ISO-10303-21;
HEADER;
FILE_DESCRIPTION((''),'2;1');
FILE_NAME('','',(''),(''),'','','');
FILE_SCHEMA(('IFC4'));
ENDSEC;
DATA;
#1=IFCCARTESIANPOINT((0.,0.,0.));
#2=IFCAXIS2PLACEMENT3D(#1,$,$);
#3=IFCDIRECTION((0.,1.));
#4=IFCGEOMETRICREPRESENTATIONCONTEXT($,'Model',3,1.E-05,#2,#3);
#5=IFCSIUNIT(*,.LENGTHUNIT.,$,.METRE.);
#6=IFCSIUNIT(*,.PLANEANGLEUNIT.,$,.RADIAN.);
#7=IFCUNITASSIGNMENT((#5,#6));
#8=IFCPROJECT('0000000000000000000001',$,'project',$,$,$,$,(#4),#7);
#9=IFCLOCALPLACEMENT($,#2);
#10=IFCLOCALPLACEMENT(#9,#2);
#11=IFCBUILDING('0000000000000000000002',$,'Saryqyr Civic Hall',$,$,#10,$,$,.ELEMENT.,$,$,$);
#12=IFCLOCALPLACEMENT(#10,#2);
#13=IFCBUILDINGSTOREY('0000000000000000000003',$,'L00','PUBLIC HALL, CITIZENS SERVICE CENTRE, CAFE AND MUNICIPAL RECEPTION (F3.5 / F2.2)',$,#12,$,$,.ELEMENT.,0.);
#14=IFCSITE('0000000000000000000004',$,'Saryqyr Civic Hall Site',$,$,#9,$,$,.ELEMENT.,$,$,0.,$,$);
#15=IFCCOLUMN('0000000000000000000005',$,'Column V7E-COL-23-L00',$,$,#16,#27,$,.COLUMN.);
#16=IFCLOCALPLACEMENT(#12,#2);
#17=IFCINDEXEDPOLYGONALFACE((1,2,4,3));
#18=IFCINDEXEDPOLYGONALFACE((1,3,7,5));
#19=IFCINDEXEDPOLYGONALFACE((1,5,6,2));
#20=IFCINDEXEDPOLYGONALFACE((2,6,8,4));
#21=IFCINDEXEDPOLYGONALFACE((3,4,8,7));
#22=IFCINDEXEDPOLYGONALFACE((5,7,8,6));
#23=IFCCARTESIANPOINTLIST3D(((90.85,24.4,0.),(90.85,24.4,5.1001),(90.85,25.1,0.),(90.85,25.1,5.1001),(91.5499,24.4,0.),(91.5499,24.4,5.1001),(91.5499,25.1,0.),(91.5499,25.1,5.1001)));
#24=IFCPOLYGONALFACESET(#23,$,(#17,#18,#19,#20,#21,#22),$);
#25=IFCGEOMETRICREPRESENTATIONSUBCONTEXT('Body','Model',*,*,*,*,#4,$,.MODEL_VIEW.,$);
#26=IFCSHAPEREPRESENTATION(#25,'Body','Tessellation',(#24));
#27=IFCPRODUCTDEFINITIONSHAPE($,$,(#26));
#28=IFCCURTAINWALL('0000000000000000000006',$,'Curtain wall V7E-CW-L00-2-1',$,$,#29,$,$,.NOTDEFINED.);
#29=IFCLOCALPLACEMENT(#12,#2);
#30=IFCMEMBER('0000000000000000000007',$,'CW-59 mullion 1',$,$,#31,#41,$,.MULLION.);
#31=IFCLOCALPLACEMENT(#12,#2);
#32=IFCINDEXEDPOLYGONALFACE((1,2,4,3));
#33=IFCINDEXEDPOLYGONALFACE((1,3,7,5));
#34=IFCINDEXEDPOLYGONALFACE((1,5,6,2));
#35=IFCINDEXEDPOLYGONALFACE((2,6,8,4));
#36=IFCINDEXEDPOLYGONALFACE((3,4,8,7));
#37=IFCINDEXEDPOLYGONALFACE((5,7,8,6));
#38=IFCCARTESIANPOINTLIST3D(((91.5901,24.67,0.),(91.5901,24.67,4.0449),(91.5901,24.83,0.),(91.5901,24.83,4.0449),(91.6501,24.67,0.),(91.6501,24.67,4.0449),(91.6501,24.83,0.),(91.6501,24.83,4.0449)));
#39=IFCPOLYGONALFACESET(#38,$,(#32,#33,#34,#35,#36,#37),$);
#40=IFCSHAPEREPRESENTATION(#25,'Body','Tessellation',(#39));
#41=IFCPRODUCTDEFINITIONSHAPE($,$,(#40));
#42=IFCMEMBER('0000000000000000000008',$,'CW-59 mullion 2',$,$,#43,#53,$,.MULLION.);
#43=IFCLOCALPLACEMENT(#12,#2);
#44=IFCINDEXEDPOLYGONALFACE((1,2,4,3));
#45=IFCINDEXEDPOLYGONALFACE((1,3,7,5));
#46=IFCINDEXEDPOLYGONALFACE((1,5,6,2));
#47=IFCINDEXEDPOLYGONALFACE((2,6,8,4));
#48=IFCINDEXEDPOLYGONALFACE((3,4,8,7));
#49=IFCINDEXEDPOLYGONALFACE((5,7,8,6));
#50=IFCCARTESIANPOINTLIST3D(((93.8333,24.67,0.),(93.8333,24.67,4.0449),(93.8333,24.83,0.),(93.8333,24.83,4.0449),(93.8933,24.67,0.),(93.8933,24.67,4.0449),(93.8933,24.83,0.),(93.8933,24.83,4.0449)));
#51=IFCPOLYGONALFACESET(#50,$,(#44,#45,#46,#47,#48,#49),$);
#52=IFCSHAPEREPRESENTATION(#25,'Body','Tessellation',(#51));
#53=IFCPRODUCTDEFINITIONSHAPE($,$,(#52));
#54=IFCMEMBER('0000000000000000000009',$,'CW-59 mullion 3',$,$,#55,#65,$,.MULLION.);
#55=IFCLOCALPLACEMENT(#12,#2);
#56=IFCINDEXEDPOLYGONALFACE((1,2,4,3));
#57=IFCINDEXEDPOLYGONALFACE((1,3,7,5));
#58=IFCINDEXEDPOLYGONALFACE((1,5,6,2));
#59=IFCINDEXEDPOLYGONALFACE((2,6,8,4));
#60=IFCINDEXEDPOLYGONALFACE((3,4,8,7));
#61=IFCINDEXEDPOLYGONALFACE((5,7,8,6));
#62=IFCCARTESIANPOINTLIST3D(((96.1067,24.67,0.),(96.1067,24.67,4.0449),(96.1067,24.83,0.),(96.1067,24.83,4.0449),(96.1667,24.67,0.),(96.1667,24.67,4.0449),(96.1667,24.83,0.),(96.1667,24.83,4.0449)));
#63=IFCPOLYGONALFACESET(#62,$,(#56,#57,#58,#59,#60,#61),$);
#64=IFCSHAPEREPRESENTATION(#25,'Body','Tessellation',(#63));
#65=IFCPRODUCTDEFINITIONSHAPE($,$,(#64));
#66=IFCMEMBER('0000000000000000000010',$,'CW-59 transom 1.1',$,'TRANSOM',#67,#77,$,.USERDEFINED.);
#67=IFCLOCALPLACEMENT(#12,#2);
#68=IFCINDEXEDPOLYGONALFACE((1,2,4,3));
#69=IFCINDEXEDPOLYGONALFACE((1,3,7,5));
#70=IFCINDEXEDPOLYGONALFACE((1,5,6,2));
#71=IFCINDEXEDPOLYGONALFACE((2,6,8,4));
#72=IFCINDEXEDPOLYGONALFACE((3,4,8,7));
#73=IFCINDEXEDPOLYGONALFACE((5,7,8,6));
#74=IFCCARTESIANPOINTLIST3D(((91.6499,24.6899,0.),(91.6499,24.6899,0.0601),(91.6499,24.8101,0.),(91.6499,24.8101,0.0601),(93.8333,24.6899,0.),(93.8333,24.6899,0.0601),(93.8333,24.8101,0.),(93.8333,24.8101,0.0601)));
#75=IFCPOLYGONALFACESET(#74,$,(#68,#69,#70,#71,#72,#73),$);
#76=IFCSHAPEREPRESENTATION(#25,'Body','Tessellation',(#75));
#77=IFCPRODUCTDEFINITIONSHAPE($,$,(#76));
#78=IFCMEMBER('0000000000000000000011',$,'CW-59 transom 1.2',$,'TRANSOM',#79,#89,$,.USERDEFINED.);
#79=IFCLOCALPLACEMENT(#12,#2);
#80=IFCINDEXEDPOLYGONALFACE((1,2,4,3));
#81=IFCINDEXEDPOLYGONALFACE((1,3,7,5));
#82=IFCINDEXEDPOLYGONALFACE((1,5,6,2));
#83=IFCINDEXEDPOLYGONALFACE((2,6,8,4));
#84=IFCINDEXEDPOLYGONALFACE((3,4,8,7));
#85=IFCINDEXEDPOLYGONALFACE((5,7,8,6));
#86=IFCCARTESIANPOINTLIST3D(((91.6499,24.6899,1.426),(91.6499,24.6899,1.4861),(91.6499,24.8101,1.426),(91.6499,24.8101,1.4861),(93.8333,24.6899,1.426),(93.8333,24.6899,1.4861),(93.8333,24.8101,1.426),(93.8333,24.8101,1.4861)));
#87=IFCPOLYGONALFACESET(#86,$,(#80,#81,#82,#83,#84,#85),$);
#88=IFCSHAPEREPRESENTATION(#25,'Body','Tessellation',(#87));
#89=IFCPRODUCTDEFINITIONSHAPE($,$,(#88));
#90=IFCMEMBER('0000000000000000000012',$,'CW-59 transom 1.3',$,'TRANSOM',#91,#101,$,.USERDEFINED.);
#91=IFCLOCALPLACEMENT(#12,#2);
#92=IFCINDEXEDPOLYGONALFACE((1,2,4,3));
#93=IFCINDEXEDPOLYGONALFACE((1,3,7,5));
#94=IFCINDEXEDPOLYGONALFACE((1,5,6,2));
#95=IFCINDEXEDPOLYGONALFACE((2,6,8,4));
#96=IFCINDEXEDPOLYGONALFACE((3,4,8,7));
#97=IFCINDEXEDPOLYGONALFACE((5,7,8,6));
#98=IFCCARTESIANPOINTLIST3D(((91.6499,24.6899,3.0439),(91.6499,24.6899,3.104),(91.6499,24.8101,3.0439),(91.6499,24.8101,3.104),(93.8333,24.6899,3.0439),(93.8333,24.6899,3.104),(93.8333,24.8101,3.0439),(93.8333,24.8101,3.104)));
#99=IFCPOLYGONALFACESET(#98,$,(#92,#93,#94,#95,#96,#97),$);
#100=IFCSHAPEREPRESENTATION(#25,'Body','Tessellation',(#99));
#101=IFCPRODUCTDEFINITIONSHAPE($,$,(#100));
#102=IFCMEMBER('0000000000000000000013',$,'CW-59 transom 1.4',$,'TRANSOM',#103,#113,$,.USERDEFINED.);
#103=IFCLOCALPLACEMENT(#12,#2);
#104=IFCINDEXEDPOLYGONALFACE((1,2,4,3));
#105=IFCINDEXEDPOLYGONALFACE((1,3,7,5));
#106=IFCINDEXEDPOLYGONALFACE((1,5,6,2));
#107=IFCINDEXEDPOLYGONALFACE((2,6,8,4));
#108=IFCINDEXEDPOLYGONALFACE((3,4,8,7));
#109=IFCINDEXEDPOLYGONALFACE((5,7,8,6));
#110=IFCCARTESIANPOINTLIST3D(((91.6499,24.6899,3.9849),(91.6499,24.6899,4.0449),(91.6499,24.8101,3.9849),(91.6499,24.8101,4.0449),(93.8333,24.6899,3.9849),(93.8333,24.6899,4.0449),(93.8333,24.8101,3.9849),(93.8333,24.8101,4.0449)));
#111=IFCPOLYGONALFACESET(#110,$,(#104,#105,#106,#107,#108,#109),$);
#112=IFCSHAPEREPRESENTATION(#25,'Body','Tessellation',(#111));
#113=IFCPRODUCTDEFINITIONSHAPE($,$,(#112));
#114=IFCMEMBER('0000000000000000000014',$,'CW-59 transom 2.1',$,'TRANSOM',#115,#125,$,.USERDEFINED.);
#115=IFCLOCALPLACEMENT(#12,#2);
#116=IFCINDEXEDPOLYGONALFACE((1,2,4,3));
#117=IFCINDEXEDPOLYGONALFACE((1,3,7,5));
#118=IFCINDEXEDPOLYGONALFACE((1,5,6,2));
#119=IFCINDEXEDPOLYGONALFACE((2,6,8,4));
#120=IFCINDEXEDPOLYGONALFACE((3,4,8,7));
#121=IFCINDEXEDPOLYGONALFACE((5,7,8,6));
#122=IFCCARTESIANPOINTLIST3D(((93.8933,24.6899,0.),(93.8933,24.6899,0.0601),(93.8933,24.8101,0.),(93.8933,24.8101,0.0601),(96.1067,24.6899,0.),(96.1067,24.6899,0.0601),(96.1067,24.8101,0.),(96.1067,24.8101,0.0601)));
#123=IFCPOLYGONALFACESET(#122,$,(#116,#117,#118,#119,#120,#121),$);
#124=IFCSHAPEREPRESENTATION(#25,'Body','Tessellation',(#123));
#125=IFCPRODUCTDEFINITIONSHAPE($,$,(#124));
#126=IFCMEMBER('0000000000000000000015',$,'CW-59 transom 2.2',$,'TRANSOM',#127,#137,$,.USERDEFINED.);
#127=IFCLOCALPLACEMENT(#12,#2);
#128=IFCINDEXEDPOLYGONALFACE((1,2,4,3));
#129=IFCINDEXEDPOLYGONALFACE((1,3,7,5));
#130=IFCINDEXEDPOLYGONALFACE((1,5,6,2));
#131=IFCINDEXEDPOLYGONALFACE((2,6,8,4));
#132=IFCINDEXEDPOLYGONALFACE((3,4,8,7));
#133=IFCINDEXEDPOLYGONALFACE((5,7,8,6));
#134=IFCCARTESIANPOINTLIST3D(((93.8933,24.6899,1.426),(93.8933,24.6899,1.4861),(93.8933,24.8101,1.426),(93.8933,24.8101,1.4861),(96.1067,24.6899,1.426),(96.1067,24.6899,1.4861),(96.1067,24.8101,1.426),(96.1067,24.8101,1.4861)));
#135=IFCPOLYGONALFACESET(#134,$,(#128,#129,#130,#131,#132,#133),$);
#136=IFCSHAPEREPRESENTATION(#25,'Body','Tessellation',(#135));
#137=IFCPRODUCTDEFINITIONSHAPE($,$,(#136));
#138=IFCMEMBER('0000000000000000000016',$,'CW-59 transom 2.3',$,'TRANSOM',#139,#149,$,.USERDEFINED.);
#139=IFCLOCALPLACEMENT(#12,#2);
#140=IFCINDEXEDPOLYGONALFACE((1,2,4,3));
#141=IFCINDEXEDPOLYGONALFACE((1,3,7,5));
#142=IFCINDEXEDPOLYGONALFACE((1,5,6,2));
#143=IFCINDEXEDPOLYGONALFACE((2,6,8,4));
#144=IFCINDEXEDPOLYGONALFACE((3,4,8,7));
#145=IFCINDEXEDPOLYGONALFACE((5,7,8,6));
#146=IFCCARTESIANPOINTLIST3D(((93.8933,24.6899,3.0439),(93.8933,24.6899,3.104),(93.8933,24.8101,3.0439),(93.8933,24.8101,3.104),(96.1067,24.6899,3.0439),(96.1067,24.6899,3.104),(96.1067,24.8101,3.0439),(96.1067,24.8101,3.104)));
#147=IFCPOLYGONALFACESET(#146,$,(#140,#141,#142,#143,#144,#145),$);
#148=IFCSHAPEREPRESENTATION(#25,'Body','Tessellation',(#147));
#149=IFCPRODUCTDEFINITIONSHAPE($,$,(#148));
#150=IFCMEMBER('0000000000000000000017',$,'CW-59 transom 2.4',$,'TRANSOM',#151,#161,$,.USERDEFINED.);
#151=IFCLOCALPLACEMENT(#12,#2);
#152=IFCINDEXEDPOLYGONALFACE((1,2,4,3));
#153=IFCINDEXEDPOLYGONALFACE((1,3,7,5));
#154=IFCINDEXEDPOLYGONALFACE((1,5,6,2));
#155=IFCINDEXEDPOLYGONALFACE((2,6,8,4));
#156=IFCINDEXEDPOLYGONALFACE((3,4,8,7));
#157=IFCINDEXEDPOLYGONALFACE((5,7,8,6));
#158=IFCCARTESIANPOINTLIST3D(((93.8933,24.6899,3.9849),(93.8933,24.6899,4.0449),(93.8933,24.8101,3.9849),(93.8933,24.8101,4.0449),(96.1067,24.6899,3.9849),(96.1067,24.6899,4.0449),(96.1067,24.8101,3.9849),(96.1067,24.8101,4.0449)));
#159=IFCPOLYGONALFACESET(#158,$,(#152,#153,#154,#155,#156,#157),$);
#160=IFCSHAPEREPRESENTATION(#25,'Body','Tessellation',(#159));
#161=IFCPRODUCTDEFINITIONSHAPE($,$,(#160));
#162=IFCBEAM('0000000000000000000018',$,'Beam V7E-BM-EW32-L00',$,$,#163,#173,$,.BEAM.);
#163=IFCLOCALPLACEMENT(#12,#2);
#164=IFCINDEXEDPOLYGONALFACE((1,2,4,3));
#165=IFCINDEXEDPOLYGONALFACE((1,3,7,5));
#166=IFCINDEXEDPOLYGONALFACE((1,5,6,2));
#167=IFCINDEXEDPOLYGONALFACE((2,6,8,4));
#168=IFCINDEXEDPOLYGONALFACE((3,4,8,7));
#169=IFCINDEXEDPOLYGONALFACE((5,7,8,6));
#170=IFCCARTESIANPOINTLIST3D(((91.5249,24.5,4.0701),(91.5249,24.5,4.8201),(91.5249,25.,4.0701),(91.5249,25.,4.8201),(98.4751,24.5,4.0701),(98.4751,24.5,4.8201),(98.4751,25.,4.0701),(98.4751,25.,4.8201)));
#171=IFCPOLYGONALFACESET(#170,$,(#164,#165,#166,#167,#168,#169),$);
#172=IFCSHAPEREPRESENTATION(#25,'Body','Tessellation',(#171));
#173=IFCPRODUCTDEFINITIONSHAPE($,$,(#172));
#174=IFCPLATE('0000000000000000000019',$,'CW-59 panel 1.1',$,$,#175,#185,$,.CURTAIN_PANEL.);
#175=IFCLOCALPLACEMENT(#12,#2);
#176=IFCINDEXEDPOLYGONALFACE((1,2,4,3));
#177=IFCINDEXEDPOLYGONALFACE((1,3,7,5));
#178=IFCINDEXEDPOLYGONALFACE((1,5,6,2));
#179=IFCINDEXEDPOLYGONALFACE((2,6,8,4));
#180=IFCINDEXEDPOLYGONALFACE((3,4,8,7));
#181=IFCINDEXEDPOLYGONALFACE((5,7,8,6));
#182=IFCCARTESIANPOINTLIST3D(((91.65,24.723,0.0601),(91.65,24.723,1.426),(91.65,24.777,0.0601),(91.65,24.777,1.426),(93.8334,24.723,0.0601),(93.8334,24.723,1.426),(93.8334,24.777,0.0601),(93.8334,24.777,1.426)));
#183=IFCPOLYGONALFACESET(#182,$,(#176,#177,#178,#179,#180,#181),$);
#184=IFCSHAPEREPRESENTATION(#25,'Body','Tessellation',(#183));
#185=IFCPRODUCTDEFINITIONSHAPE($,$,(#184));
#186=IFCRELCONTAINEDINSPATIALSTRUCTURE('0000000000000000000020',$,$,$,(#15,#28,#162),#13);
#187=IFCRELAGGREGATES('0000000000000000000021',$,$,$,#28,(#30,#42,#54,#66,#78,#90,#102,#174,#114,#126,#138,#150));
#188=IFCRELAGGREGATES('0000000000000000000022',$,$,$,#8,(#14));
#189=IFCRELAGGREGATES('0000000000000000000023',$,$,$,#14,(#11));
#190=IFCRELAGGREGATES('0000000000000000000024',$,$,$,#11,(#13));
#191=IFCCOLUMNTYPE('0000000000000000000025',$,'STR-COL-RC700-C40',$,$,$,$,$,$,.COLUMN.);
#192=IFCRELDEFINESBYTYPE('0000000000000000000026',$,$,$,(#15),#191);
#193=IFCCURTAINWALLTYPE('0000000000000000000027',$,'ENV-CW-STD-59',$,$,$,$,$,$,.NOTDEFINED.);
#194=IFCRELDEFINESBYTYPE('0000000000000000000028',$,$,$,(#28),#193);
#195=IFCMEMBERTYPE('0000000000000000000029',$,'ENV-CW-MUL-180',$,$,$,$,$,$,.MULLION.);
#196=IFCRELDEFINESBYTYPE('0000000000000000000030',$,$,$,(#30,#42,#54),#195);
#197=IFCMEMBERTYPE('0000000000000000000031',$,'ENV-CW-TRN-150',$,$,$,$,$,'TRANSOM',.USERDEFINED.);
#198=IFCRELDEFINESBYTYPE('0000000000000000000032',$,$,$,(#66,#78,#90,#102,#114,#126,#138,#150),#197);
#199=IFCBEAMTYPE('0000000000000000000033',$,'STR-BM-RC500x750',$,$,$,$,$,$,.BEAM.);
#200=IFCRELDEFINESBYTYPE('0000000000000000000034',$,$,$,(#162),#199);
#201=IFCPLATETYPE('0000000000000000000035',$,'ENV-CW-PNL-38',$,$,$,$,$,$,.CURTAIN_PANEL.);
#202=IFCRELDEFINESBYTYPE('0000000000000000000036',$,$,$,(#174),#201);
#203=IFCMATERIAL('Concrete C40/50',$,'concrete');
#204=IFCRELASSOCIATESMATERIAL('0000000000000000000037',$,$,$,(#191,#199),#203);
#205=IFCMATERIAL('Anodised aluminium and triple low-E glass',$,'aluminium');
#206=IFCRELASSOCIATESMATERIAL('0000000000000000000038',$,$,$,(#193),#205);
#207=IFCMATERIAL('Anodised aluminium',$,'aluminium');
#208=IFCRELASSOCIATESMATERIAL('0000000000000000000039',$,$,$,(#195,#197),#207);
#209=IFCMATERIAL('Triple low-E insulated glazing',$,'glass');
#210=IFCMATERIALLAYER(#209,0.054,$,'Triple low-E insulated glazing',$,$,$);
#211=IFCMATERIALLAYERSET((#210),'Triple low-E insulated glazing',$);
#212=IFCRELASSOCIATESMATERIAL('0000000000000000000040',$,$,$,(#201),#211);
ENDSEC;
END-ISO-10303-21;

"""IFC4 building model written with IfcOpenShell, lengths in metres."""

from ifc_helpers import new_model, si_unit, direction, frame, origin, origin_2d, place, context, subcontext, project, spatial, rectangle, extrude, material, layer, layer_set, material_profile, profile_set, type_object, element, aggregate, save


model = new_model("IFC4")

# Units and contexts
model_context = context("Model", 3, precision=1e-05, world=origin(), true_north=direction((0.0, 1.0)))
body_context = subcontext(model_context, "Body", "Model", "MODEL_VIEW")
ifc_project = project(units=[si_unit("LENGTHUNIT", "METRE"), si_unit("PLANEANGLEUNIT", "RADIAN")], contexts=[model_context])

# Site, building, storey
site_placement = place(None, origin())
site = spatial("IfcSite", under=ifc_project, at=site_placement, Name="Saryqyr Civic Hall Site", CompositionType="ELEMENT", RefElevation=0.0)
building_placement = place(site_placement, origin())
building = spatial("IfcBuilding", under=site, at=building_placement, Name="Saryqyr Civic Hall", CompositionType="ELEMENT")
storey_placement = place(building_placement, origin())
storey = spatial("IfcBuildingStorey", under=building, at=storey_placement, Name="L00", Description="PUBLIC HALL, CITIZENS SERVICE CENTRE, CAFE AND MUNICIPAL RECEPTION (F3.5 / F2.2)", CompositionType="ELEMENT", Elevation=0.0)

# Column
ifc_material_1 = material(Name="Concrete C40/50", Category="concrete")
ifc_material_profile_1 = material_profile(ifc_material_1, rectangle(XDim=0.7, YDim=0.7, at=origin_2d()), Name="RC 700x700")
ifc_profile_set_1 = profile_set([ifc_material_profile_1], Name="Concrete C40/50")
column_type = type_object("IfcColumnType", Name="STR-COL-RC700-C40", PredefinedType="COLUMN", material=ifc_profile_set_1)
column_placement = place(storey_placement, frame((91.2, 24.75, 0.0), z_axis=(0.0, 0.0, 1.0), x_axis=(1.0, 0.0, 0.0)))
element("IfcColumn", 1, at=column_placement, inside=storey, type_object=column_type, Name="Column V7E-COL-23-L00", PredefinedType="COLUMN", context=body_context, shape_type="SweptSolid", body=[
    extrude(rectangle(XDim=0.7, YDim=0.7, at=origin_2d()), origin(), (0.0, 0.0, 1.0), 5.1001),
])

# Curtain wall, members
ifc_material_2 = material(Name="Anodised aluminium and triple low-E glass", Category="aluminium")
curtain_wall_type = type_object("IfcCurtainWallType", Name="ENV-CW-STD-59", PredefinedType="NOTDEFINED", material=ifc_material_2)
curtain_wall_placement = place(storey_placement, origin())
curtain_wall = element("IfcCurtainWall", 2, at=curtain_wall_placement, inside=storey, type_object=curtain_wall_type, Name="Curtain wall V7E-CW-L00-2-1", PredefinedType="NOTDEFINED")
ifc_material_3 = material(Name="Anodised aluminium", Category="aluminium")
ifc_material_profile_2 = material_profile(ifc_material_3, rectangle(XDim=0.0601, YDim=0.1599, at=origin_2d()), Name="ALU MULLION 60x160")
ifc_profile_set_2 = profile_set([ifc_material_profile_2], Name="Anodised aluminium")
member_type_1 = type_object("IfcMemberType", Name="ENV-CW-MUL-180", PredefinedType="MULLION", material=ifc_profile_set_2)
member_1_placement = place(storey_placement, frame((91.6201, 24.75, 0.0), z_axis=(0.0, 0.0, 1.0), x_axis=(1.0, 0.0, 0.0)))
member_1 = element("IfcMember", 3, at=member_1_placement, type_object=member_type_1, Name="CW-59 mullion 1", PredefinedType="MULLION", context=body_context, shape_type="SweptSolid", body=[
    extrude(rectangle(XDim=0.0601, YDim=0.1599, at=origin_2d()), origin(), (0.0, 0.0, 1.0), 4.0449),
])
member_2_placement = place(storey_placement, frame((93.8633, 24.75, 0.0), z_axis=(0.0, 0.0, 1.0), x_axis=(1.0, 0.0, 0.0)))
member_2 = element("IfcMember", 4, at=member_2_placement, type_object=member_type_1, Name="CW-59 mullion 2", PredefinedType="MULLION", context=body_context, shape_type="SweptSolid", body=[
    extrude(rectangle(XDim=0.0601, YDim=0.1599, at=origin_2d()), origin(), (0.0, 0.0, 1.0), 4.0449),
])
member_3_placement = place(storey_placement, frame((96.1367, 24.75, 0.0), z_axis=(0.0, 0.0, 1.0), x_axis=(1.0, 0.0, 0.0)))
member_3 = element("IfcMember", 5, at=member_3_placement, type_object=member_type_1, Name="CW-59 mullion 3", PredefinedType="MULLION", context=body_context, shape_type="SweptSolid", body=[
    extrude(rectangle(XDim=0.0601, YDim=0.1599, at=origin_2d()), origin(), (0.0, 0.0, 1.0), 4.0449),
])
ifc_material_profile_3 = material_profile(ifc_material_3, rectangle(XDim=0.1201, YDim=0.0601, at=origin_2d()), Name="ALU TRANSOM 120x60")
ifc_profile_set_3 = profile_set([ifc_material_profile_3], Name="Anodised aluminium")
member_type_2 = type_object("IfcMemberType", Name="ENV-CW-TRN-150", ElementType="TRANSOM", PredefinedType="USERDEFINED", material=ifc_profile_set_3)
member_4_placement = place(storey_placement, frame((91.6499, 24.75, 0.03), z_axis=(1.0, 0.0, 0.0), x_axis=(0.0, 1.0, 0.0)))
member_4 = element("IfcMember", 6, at=member_4_placement, type_object=member_type_2, Name="CW-59 transom 1.1", ObjectType="TRANSOM", PredefinedType="USERDEFINED", context=body_context, shape_type="SweptSolid", body=[
    extrude(rectangle(XDim=0.1201, YDim=0.0601, at=origin_2d()), origin(), (0.0, 0.0, 1.0), 2.1833),
])
member_5_placement = place(storey_placement, frame((91.6499, 24.75, 1.4561), z_axis=(1.0, 0.0, 0.0), x_axis=(0.0, 1.0, 0.0)))
member_5 = element("IfcMember", 7, at=member_5_placement, type_object=member_type_2, Name="CW-59 transom 1.2", ObjectType="TRANSOM", PredefinedType="USERDEFINED", context=body_context, shape_type="SweptSolid", body=[
    extrude(rectangle(XDim=0.1201, YDim=0.0601, at=origin_2d()), origin(), (0.0, 0.0, 1.0), 2.1833),
])
member_6_placement = place(storey_placement, frame((91.6499, 24.75, 3.074), z_axis=(1.0, 0.0, 0.0), x_axis=(0.0, 1.0, 0.0)))
member_6 = element("IfcMember", 8, at=member_6_placement, type_object=member_type_2, Name="CW-59 transom 1.3", ObjectType="TRANSOM", PredefinedType="USERDEFINED", context=body_context, shape_type="SweptSolid", body=[
    extrude(rectangle(XDim=0.1201, YDim=0.0601, at=origin_2d()), origin(), (0.0, 0.0, 1.0), 2.1833),
])
member_7_placement = place(storey_placement, frame((91.6499, 24.75, 4.0149), z_axis=(1.0, 0.0, 0.0), x_axis=(0.0, 1.0, 0.0)))
member_7 = element("IfcMember", 9, at=member_7_placement, type_object=member_type_2, Name="CW-59 transom 1.4", ObjectType="TRANSOM", PredefinedType="USERDEFINED", context=body_context, shape_type="SweptSolid", body=[
    extrude(rectangle(XDim=0.1201, YDim=0.0601, at=origin_2d()), origin(), (0.0, 0.0, 1.0), 2.1833),
])
member_8_placement = place(storey_placement, frame((93.8933, 24.75, 0.03), z_axis=(1.0, 0.0, 0.0), x_axis=(0.0, 1.0, 0.0)))
member_8 = element("IfcMember", 10, at=member_8_placement, type_object=member_type_2, Name="CW-59 transom 2.1", ObjectType="TRANSOM", PredefinedType="USERDEFINED", context=body_context, shape_type="SweptSolid", body=[
    extrude(rectangle(XDim=0.1201, YDim=0.0601, at=origin_2d()), origin(), (0.0, 0.0, 1.0), 2.2134),
])
member_9_placement = place(storey_placement, frame((93.8933, 24.75, 1.4561), z_axis=(1.0, 0.0, 0.0), x_axis=(0.0, 1.0, 0.0)))
member_9 = element("IfcMember", 11, at=member_9_placement, type_object=member_type_2, Name="CW-59 transom 2.2", ObjectType="TRANSOM", PredefinedType="USERDEFINED", context=body_context, shape_type="SweptSolid", body=[
    extrude(rectangle(XDim=0.1201, YDim=0.0601, at=origin_2d()), origin(), (0.0, 0.0, 1.0), 2.2134),
])
member_10_placement = place(storey_placement, frame((93.8933, 24.75, 3.074), z_axis=(1.0, 0.0, 0.0), x_axis=(0.0, 1.0, 0.0)))
member_10 = element("IfcMember", 12, at=member_10_placement, type_object=member_type_2, Name="CW-59 transom 2.3", ObjectType="TRANSOM", PredefinedType="USERDEFINED", context=body_context, shape_type="SweptSolid", body=[
    extrude(rectangle(XDim=0.1201, YDim=0.0601, at=origin_2d()), origin(), (0.0, 0.0, 1.0), 2.2134),
])
member_11_placement = place(storey_placement, frame((93.8933, 24.75, 4.0149), z_axis=(1.0, 0.0, 0.0), x_axis=(0.0, 1.0, 0.0)))
member_11 = element("IfcMember", 13, at=member_11_placement, type_object=member_type_2, Name="CW-59 transom 2.4", ObjectType="TRANSOM", PredefinedType="USERDEFINED", context=body_context, shape_type="SweptSolid", body=[
    extrude(rectangle(XDim=0.1201, YDim=0.0601, at=origin_2d()), origin(), (0.0, 0.0, 1.0), 2.2134),
])

# Beam
ifc_material_profile_4 = material_profile(ifc_material_1, rectangle(XDim=0.5, YDim=0.75, at=origin_2d()), Name="RC 500x750")
ifc_profile_set_4 = profile_set([ifc_material_profile_4], Name="Concrete C40/50")
beam_type = type_object("IfcBeamType", Name="STR-BM-RC500x750", PredefinedType="BEAM", material=ifc_profile_set_4)
beam_placement = place(storey_placement, frame((91.5249, 24.75, 4.4451), z_axis=(1.0, 0.0, 0.0), x_axis=(0.0, 1.0, 0.0)))
element("IfcBeam", 14, at=beam_placement, inside=storey, type_object=beam_type, Name="Beam V7E-BM-EW32-L00", PredefinedType="BEAM", context=body_context, shape_type="SweptSolid", body=[
    extrude(rectangle(XDim=0.5, YDim=0.75, at=origin_2d()), origin(), (0.0, 0.0, 1.0), 6.9502),
])

# Plate
ifc_material_4 = material(Name="Triple low-E insulated glazing", Category="glass")
ifc_layer = layer(ifc_material_4, 0.054, Name="Triple low-E insulated glazing")
ifc_layer_set = layer_set([ifc_layer], Name="Triple low-E insulated glazing")
plate_type = type_object("IfcPlateType", Name="ENV-CW-PNL-38", PredefinedType="CURTAIN_PANEL", material=ifc_layer_set)
plate_1_placement = place(storey_placement, frame((92.7417, 24.75, 0.0601), z_axis=(0.0, 0.0, 1.0), x_axis=(1.0, 0.0, 0.0)))
plate_1 = element("IfcPlate", 15, at=plate_1_placement, type_object=plate_type, Name="CW-59 panel 1.1", PredefinedType="CURTAIN_PANEL", context=body_context, shape_type="SweptSolid", body=[
    extrude(rectangle(XDim=2.1833, YDim=0.054, at=origin_2d()), origin(), (0.0, 0.0, 1.0), 1.366),
])
aggregate(curtain_wall, [member_1, member_2, member_3, member_4, member_5, member_6, member_7, plate_1, member_8, member_9, member_10, member_11])

save(model, "model.ifc")
